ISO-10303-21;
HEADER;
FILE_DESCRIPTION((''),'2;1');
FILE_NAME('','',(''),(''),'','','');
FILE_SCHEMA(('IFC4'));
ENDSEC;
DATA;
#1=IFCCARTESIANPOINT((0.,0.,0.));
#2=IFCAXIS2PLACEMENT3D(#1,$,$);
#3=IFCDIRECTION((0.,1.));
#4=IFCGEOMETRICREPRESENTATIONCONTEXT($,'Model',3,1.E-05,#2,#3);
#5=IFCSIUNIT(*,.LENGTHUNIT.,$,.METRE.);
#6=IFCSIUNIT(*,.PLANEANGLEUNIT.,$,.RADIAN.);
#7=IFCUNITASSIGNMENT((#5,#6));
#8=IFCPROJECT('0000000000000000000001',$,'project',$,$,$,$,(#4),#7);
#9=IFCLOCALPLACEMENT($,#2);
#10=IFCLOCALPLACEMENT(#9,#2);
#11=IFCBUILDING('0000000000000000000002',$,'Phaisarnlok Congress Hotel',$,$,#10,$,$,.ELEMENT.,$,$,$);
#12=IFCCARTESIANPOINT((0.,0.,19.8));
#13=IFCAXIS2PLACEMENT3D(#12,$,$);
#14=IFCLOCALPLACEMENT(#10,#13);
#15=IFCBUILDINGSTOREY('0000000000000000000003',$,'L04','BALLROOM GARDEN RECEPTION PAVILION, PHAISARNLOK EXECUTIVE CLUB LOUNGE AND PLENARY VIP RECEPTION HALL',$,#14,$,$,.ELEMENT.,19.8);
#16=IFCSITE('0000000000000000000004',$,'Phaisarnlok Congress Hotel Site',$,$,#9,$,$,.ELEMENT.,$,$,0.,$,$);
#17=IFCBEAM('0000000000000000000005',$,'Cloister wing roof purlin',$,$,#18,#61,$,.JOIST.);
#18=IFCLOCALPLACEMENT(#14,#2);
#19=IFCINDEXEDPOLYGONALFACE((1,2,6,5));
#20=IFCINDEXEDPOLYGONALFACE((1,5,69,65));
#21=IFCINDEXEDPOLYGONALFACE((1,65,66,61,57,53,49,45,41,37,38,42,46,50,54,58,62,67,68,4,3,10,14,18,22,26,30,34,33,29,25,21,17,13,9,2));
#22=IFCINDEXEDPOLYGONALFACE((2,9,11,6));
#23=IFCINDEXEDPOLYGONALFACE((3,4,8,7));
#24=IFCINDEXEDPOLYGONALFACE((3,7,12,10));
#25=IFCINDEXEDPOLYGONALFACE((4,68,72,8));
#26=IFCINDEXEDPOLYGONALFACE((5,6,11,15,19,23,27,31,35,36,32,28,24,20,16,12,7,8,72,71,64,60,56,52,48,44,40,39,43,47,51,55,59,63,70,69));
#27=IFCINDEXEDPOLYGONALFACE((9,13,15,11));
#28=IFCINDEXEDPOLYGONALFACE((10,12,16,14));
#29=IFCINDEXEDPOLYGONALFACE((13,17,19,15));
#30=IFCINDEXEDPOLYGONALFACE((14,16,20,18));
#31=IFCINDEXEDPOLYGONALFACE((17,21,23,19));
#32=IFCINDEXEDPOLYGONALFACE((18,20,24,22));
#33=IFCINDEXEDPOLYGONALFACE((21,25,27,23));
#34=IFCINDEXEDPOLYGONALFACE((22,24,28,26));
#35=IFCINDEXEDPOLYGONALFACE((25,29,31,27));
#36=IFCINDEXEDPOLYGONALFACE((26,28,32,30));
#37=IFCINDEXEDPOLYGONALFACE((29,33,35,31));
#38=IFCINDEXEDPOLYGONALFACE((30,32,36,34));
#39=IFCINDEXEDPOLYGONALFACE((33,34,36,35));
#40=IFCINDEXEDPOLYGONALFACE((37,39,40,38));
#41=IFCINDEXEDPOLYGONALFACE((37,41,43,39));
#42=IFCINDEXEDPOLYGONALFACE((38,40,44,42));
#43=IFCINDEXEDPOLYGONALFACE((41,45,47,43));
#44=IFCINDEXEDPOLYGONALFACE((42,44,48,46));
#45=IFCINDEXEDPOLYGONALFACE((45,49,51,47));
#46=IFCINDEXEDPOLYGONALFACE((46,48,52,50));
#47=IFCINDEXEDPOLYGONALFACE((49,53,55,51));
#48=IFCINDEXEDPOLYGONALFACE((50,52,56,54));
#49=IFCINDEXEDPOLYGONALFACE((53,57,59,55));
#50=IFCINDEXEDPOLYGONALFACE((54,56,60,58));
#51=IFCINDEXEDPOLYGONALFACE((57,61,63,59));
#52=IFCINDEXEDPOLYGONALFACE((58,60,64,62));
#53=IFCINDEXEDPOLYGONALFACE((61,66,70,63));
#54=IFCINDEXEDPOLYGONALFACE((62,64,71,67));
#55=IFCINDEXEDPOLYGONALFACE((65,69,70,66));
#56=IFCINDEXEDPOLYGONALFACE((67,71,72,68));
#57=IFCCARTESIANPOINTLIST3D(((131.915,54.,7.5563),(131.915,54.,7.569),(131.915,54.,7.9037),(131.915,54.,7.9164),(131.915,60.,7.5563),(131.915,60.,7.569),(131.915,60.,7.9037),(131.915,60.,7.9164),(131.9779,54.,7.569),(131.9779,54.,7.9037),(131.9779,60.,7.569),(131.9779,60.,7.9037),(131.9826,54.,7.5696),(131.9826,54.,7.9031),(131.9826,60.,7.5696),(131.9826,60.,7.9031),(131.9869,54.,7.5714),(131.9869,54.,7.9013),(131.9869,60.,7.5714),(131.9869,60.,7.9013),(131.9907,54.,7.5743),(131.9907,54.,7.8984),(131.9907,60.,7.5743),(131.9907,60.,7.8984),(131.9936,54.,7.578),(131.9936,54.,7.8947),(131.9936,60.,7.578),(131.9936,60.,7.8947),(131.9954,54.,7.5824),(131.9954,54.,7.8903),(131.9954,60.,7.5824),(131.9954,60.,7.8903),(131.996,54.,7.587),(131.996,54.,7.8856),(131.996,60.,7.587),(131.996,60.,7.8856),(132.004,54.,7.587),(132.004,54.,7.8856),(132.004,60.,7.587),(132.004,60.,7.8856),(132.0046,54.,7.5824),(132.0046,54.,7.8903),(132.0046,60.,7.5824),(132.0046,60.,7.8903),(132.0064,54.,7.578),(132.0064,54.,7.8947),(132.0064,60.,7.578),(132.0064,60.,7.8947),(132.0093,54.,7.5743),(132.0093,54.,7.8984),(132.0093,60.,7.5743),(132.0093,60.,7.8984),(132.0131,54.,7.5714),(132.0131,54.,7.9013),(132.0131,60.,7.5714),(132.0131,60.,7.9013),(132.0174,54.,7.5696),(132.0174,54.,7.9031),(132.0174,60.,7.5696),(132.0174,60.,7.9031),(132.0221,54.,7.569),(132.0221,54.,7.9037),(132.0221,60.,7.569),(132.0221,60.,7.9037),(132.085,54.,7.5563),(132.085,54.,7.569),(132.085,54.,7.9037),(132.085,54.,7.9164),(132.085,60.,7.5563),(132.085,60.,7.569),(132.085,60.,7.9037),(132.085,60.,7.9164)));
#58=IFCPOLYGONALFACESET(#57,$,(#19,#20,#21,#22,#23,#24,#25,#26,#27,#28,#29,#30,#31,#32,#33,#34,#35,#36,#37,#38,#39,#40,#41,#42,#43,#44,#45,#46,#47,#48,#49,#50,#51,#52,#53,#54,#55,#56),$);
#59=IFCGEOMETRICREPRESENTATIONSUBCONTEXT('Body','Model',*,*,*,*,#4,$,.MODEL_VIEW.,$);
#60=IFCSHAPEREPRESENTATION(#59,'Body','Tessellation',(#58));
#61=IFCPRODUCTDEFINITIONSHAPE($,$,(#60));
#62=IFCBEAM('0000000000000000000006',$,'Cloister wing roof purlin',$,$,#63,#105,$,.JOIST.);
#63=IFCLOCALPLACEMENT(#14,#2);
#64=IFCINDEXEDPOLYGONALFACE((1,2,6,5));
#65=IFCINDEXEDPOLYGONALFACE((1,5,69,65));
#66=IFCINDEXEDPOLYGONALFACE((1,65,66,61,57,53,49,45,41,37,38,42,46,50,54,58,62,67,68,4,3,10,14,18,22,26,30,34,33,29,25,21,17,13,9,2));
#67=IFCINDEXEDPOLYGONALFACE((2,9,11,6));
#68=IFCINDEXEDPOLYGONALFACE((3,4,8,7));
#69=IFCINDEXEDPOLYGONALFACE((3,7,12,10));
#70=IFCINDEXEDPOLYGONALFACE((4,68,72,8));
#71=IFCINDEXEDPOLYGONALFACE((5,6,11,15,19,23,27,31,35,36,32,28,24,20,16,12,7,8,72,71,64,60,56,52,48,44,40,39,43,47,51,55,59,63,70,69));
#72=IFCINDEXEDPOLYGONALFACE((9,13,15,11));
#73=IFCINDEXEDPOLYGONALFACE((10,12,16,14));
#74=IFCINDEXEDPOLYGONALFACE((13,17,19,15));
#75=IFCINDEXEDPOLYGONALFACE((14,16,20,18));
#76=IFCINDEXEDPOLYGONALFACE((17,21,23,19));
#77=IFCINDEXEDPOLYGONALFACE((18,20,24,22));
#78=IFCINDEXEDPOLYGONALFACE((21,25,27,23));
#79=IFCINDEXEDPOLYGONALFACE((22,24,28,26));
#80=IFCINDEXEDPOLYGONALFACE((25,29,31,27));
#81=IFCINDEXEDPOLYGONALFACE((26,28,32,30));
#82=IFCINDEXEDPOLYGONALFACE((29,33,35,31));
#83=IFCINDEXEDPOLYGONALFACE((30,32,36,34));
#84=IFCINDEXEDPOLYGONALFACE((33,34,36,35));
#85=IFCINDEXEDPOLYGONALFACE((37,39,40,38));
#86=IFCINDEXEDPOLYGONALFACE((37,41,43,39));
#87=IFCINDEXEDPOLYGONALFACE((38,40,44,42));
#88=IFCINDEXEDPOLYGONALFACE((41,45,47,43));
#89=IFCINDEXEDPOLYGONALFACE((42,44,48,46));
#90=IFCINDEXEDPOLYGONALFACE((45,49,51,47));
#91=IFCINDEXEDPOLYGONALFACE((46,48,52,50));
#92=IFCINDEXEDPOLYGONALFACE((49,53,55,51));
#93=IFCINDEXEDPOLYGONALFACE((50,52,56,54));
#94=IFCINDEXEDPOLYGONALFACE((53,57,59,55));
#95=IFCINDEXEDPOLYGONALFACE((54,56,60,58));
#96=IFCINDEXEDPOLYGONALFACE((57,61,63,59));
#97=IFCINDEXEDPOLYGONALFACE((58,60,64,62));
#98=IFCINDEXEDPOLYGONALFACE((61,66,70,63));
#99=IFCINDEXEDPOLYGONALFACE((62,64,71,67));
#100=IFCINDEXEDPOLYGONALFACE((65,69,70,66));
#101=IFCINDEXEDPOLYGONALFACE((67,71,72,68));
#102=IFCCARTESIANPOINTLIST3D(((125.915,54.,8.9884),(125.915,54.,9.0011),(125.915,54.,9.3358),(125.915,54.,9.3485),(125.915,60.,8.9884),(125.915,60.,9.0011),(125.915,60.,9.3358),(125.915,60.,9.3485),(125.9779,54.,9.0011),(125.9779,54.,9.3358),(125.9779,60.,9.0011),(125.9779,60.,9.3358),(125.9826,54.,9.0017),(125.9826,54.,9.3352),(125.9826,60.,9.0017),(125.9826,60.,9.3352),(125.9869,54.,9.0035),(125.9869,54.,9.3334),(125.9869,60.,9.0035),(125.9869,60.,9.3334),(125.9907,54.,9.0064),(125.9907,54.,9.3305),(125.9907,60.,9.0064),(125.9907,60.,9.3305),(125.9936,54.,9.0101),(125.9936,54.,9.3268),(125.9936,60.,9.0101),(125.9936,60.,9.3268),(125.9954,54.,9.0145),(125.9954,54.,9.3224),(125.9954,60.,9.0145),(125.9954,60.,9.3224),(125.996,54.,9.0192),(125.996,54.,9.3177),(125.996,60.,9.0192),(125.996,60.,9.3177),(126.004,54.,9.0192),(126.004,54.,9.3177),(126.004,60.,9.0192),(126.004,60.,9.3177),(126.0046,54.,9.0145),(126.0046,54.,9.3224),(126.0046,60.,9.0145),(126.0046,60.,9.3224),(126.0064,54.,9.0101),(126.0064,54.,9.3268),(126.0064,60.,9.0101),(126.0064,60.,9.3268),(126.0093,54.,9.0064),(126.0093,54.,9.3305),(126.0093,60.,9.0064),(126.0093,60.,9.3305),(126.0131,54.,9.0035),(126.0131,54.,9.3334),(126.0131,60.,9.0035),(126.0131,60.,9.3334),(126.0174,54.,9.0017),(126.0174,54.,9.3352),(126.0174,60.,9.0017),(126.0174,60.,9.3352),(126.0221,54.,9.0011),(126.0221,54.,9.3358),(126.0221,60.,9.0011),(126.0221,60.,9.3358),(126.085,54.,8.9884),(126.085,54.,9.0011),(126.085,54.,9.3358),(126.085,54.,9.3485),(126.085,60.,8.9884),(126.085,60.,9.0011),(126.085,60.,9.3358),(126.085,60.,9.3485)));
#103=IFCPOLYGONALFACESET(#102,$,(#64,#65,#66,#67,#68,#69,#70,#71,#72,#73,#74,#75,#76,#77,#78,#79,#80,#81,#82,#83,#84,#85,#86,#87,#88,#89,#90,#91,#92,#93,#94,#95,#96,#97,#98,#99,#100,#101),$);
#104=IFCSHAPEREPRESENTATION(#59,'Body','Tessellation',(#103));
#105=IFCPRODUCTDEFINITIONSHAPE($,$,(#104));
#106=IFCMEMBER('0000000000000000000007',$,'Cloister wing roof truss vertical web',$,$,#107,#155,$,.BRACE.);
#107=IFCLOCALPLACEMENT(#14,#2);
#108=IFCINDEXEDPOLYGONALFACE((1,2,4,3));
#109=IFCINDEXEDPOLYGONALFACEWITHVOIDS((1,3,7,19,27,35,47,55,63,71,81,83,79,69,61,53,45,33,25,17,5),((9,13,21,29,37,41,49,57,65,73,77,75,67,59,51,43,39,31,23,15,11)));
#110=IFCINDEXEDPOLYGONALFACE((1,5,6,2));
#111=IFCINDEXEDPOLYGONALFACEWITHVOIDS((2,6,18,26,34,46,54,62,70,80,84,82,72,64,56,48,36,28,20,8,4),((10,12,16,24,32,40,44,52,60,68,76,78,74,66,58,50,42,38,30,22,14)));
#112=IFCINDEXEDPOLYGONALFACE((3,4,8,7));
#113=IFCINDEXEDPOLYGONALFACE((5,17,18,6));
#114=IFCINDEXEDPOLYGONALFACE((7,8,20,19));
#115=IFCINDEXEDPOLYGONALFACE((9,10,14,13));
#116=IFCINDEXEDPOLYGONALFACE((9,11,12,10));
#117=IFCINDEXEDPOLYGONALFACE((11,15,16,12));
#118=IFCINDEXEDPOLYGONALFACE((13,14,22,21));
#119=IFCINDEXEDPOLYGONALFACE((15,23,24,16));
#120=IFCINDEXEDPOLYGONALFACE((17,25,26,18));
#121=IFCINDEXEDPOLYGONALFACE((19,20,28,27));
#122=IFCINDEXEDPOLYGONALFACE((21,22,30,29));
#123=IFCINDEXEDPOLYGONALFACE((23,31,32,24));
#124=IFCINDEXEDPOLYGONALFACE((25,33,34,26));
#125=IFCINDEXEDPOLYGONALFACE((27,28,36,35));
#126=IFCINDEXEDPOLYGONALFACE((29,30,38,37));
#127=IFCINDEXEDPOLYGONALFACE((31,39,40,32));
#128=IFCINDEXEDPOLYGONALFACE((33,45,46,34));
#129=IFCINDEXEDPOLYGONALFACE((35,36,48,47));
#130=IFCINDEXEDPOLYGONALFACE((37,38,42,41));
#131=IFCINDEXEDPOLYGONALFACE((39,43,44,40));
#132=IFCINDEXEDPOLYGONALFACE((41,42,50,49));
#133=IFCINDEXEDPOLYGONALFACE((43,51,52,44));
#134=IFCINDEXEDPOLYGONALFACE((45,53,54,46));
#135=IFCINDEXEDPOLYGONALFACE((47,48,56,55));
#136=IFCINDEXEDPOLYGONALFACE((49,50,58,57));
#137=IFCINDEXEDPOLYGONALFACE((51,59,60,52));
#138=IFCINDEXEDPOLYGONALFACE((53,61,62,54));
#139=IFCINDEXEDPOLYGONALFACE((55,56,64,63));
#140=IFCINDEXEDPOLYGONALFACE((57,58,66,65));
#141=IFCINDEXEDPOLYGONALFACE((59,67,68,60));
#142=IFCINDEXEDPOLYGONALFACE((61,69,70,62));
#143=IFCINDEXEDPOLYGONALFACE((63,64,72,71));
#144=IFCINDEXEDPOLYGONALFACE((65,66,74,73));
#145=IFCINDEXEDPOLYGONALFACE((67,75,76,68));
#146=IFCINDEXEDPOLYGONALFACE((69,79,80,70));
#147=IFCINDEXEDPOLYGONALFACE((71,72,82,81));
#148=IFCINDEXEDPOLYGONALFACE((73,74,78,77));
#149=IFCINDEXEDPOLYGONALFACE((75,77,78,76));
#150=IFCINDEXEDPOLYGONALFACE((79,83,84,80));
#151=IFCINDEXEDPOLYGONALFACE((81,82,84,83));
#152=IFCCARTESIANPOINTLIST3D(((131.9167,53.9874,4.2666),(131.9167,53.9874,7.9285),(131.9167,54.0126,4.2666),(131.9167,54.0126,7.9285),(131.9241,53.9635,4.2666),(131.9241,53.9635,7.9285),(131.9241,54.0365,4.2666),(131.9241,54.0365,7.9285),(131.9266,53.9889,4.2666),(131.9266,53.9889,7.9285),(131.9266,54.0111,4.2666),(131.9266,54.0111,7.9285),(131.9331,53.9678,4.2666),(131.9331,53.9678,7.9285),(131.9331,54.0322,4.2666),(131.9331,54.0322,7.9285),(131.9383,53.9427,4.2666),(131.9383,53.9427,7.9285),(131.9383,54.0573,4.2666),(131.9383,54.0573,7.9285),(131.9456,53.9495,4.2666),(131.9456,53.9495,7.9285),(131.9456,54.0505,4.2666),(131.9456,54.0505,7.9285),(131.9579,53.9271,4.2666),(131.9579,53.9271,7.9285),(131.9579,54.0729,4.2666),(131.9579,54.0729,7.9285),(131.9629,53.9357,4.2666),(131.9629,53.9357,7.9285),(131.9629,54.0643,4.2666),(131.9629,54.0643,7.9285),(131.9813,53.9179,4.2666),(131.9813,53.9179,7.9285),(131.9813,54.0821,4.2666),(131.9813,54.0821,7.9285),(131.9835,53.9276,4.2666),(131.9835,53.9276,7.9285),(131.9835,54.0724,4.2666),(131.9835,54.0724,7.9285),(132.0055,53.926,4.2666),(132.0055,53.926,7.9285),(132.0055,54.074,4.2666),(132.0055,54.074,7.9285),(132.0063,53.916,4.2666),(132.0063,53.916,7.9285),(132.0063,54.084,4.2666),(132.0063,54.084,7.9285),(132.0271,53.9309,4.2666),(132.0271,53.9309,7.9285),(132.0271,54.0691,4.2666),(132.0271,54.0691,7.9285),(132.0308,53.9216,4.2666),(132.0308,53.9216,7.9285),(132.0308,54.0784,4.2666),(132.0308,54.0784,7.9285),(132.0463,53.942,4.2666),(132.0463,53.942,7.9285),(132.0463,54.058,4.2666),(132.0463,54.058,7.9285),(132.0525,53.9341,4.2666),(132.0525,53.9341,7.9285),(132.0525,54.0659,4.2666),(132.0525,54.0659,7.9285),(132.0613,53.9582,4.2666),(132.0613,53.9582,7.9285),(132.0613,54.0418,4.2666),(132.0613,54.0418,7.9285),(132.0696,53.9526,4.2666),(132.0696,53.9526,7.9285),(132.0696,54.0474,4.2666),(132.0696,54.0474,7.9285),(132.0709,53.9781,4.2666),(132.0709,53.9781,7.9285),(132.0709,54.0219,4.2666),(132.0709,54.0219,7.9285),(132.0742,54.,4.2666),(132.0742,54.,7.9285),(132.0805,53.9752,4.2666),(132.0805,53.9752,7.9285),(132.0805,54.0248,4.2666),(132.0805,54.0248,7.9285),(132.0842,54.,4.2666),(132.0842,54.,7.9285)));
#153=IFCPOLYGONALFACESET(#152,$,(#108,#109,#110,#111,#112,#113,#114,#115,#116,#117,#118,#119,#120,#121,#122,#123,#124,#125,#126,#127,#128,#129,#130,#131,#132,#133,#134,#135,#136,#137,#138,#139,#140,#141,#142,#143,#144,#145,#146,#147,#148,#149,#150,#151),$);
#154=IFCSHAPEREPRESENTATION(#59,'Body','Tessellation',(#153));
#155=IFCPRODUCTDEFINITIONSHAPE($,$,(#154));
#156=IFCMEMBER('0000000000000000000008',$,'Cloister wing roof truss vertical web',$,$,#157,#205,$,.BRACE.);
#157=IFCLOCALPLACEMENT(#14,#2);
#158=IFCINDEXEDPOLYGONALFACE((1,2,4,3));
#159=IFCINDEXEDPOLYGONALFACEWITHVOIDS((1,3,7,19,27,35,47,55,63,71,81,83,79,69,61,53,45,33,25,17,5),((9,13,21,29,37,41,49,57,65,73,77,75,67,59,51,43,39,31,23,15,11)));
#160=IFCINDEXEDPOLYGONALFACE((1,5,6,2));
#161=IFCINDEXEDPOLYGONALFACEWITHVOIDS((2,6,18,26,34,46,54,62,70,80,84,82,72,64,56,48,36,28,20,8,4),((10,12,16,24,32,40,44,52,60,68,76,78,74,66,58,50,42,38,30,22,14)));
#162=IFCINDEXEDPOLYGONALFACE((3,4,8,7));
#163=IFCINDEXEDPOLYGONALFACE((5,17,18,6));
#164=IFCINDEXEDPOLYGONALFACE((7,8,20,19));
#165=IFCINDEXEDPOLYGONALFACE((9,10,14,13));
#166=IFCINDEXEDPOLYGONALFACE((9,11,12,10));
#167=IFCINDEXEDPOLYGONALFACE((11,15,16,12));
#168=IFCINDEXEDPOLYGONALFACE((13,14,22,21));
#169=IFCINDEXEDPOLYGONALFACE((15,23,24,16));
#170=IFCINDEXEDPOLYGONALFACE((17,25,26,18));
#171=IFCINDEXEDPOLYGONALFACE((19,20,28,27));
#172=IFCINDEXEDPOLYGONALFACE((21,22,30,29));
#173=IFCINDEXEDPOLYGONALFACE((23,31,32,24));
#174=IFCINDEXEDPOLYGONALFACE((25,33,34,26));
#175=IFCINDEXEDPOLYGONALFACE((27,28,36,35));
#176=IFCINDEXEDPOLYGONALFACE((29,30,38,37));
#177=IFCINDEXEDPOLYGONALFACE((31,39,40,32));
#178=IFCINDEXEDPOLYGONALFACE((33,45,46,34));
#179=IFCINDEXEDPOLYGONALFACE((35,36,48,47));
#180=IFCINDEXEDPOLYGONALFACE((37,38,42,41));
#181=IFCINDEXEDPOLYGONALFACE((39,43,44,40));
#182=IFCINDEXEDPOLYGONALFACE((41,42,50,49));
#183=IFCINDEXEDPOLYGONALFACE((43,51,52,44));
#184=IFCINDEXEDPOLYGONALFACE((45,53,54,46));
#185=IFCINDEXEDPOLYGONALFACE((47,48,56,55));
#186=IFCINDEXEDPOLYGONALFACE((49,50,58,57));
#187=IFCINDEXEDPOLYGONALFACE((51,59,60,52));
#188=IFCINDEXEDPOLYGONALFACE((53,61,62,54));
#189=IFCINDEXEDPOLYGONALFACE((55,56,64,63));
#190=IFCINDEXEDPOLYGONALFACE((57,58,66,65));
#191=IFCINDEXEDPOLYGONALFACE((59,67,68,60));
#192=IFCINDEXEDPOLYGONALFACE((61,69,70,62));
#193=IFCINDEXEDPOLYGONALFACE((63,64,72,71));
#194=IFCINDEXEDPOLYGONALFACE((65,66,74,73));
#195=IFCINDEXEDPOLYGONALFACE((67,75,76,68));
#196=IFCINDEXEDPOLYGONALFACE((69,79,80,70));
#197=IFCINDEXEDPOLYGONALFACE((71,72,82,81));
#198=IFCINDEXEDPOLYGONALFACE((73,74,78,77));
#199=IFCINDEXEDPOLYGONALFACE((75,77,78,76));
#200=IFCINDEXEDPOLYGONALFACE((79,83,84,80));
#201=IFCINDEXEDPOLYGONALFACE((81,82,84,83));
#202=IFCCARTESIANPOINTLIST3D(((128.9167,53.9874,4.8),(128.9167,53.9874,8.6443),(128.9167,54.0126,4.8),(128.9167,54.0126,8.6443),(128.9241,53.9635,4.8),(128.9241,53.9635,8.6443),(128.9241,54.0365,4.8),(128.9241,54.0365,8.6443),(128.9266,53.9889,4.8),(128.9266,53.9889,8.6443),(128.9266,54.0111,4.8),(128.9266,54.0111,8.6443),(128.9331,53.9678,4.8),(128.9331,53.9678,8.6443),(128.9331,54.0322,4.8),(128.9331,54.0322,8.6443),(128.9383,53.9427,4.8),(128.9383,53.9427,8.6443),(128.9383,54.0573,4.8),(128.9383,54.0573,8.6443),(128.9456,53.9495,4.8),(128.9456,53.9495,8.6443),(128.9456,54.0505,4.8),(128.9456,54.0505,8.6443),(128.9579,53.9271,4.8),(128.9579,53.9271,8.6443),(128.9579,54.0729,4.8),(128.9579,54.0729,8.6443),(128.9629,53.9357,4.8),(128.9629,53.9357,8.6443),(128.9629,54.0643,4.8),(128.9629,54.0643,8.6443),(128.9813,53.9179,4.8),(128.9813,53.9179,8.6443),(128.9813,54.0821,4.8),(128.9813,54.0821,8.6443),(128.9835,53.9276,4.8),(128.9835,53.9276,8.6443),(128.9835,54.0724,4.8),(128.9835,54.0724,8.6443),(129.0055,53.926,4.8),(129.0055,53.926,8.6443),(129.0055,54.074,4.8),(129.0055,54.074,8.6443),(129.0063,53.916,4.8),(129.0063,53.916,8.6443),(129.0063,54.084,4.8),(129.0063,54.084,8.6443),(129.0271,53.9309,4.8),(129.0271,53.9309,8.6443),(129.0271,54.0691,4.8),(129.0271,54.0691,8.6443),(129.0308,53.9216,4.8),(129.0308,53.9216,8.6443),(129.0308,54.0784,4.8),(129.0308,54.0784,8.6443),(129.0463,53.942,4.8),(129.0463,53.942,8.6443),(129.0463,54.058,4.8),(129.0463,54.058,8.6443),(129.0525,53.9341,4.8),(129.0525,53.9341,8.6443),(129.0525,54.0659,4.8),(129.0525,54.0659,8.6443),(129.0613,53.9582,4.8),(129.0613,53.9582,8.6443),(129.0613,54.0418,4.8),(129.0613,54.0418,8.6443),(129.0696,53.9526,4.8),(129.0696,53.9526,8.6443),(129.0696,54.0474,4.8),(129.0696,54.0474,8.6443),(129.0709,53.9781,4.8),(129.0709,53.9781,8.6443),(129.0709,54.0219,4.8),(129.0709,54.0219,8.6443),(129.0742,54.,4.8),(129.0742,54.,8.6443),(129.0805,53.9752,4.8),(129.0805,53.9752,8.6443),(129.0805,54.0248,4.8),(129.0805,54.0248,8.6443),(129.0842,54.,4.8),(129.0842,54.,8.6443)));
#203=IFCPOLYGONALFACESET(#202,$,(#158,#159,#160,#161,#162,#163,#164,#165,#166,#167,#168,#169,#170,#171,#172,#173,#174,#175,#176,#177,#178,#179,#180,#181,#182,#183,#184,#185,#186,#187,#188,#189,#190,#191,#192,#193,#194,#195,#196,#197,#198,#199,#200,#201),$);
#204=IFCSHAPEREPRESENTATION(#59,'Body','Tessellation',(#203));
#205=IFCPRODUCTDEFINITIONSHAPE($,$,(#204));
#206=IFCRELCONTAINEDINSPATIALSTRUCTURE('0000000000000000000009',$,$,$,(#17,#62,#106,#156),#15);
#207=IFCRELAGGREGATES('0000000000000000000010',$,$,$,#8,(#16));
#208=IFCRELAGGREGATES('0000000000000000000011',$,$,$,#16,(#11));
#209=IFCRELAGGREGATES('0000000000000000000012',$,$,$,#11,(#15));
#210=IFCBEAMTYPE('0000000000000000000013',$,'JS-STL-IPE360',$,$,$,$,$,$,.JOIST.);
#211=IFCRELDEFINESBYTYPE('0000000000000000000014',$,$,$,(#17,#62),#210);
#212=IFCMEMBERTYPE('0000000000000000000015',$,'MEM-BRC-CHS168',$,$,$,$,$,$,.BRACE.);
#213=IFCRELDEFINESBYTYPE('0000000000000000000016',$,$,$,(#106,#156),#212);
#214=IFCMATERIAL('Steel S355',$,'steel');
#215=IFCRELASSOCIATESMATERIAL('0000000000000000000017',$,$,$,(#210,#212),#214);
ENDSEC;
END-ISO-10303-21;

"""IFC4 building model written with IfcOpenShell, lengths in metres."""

from ifc_helpers import new_model, si_unit, direction, frame, origin, origin_2d, place, context, subcontext, project, spatial, hollow_circle, i_section, extrude, material, material_profile, profile_set, type_object, element, save


model = new_model("IFC4")

# Units and contexts
model_context = context("Model", 3, precision=1e-05, world=origin(), true_north=direction((0.0, 1.0)))
body_context = subcontext(model_context, "Body", "Model", "MODEL_VIEW")
ifc_project = project(units=[si_unit("LENGTHUNIT", "METRE"), si_unit("PLANEANGLEUNIT", "RADIAN")], contexts=[model_context])

# Site, building, storey
site_placement = place(None, origin())
site = spatial("IfcSite", under=ifc_project, at=site_placement, Name="Phaisarnlok Congress Hotel Site", CompositionType="ELEMENT", RefElevation=0.0)
building_placement = place(site_placement, origin())
building = spatial("IfcBuilding", under=site, at=building_placement, Name="Phaisarnlok Congress Hotel", CompositionType="ELEMENT")
storey_placement = place(building_placement, frame((0.0, 0.0, 19.8)))
storey = spatial("IfcBuildingStorey", under=building, at=storey_placement, Name="L04", Description="BALLROOM GARDEN RECEPTION PAVILION, PHAISARNLOK EXECUTIVE CLUB LOUNGE AND PLENARY VIP RECEPTION HALL", CompositionType="ELEMENT", Elevation=19.8)

# Beams
ifc_material_1 = material(Name="Steel S355", Category="steel")
ifc_material_profile_1 = material_profile(ifc_material_1, i_section(OverallWidth=0.1699, OverallDepth=0.3601, WebThickness=0.0081, FlangeThickness=0.0127, FilletRadius=0.0181, at=origin_2d()), Name="IPE 360")
ifc_profile_set_1 = profile_set([ifc_material_profile_1], Name="Steel S355")
beam_type = type_object("IfcBeamType", Name="JS-STL-IPE360", PredefinedType="JOIST", material=ifc_profile_set_1)
for number, where, z_axis, x_axis, name in (
    (1, (132.0, 54.0, 7.7363), (0.0, 1.0, 0.0), (-1.0, 0.0, 0.0), "Cloister wing roof purlin"),
    (2, (126.0, 54.0, 9.1685), (0.0, 1.0, 0.0), (-1.0, 0.0, 0.0), "Cloister wing roof purlin"),
):
    element("IfcBeam", number, at=place(storey_placement, frame(where, z_axis=z_axis, x_axis=x_axis)), inside=storey, type_object=beam_type, Name=name, PredefinedType="JOIST", context=body_context, shape_type="SweptSolid", body=[
        extrude(i_section(OverallWidth=0.1699, OverallDepth=0.3601, WebThickness=0.0081, FlangeThickness=0.0127, FilletRadius=0.0181, at=origin_2d()), origin(), (0.0, 0.0, 1.0), 6.0),
    ])

# Members
ifc_material_profile_2 = material_profile(ifc_material_1, hollow_circle(Radius=0.0842, WallThickness=0.01, at=origin_2d()), Name="CHS 168.3x10")
ifc_profile_set_2 = profile_set([ifc_material_profile_2], Name="Steel S355")
member_type_1 = type_object("IfcMemberType", Name="MEM-BRC-CHS168", PredefinedType="BRACE", material=ifc_profile_set_2)
member_1_placement = place(storey_placement, frame((132.0, 54.0, 4.2666), z_axis=(0.0, 0.0, 1.0), x_axis=(1.0, 0.0, 0.0)))
element("IfcMember", 3, at=member_1_placement, inside=storey, type_object=member_type_1, Name="Cloister wing roof truss vertical web", PredefinedType="BRACE", context=body_context, shape_type="SweptSolid", body=[
    extrude(hollow_circle(Radius=0.0842, WallThickness=0.01, at=origin_2d()), origin(), (0.0, 0.0, 1.0), 3.6619),
])
member_2_placement = place(storey_placement, frame((129.0, 54.0, 4.8), z_axis=(0.0, 0.0, 1.0), x_axis=(1.0, 0.0, 0.0)))
element("IfcMember", 4, at=member_2_placement, inside=storey, type_object=member_type_1, Name="Cloister wing roof truss vertical web", PredefinedType="BRACE", context=body_context, shape_type="SweptSolid", body=[
    extrude(hollow_circle(Radius=0.0842, WallThickness=0.01, at=origin_2d()), origin(), (0.0, 0.0, 1.0), 3.8442),
])

save(model, "model.ifc")
